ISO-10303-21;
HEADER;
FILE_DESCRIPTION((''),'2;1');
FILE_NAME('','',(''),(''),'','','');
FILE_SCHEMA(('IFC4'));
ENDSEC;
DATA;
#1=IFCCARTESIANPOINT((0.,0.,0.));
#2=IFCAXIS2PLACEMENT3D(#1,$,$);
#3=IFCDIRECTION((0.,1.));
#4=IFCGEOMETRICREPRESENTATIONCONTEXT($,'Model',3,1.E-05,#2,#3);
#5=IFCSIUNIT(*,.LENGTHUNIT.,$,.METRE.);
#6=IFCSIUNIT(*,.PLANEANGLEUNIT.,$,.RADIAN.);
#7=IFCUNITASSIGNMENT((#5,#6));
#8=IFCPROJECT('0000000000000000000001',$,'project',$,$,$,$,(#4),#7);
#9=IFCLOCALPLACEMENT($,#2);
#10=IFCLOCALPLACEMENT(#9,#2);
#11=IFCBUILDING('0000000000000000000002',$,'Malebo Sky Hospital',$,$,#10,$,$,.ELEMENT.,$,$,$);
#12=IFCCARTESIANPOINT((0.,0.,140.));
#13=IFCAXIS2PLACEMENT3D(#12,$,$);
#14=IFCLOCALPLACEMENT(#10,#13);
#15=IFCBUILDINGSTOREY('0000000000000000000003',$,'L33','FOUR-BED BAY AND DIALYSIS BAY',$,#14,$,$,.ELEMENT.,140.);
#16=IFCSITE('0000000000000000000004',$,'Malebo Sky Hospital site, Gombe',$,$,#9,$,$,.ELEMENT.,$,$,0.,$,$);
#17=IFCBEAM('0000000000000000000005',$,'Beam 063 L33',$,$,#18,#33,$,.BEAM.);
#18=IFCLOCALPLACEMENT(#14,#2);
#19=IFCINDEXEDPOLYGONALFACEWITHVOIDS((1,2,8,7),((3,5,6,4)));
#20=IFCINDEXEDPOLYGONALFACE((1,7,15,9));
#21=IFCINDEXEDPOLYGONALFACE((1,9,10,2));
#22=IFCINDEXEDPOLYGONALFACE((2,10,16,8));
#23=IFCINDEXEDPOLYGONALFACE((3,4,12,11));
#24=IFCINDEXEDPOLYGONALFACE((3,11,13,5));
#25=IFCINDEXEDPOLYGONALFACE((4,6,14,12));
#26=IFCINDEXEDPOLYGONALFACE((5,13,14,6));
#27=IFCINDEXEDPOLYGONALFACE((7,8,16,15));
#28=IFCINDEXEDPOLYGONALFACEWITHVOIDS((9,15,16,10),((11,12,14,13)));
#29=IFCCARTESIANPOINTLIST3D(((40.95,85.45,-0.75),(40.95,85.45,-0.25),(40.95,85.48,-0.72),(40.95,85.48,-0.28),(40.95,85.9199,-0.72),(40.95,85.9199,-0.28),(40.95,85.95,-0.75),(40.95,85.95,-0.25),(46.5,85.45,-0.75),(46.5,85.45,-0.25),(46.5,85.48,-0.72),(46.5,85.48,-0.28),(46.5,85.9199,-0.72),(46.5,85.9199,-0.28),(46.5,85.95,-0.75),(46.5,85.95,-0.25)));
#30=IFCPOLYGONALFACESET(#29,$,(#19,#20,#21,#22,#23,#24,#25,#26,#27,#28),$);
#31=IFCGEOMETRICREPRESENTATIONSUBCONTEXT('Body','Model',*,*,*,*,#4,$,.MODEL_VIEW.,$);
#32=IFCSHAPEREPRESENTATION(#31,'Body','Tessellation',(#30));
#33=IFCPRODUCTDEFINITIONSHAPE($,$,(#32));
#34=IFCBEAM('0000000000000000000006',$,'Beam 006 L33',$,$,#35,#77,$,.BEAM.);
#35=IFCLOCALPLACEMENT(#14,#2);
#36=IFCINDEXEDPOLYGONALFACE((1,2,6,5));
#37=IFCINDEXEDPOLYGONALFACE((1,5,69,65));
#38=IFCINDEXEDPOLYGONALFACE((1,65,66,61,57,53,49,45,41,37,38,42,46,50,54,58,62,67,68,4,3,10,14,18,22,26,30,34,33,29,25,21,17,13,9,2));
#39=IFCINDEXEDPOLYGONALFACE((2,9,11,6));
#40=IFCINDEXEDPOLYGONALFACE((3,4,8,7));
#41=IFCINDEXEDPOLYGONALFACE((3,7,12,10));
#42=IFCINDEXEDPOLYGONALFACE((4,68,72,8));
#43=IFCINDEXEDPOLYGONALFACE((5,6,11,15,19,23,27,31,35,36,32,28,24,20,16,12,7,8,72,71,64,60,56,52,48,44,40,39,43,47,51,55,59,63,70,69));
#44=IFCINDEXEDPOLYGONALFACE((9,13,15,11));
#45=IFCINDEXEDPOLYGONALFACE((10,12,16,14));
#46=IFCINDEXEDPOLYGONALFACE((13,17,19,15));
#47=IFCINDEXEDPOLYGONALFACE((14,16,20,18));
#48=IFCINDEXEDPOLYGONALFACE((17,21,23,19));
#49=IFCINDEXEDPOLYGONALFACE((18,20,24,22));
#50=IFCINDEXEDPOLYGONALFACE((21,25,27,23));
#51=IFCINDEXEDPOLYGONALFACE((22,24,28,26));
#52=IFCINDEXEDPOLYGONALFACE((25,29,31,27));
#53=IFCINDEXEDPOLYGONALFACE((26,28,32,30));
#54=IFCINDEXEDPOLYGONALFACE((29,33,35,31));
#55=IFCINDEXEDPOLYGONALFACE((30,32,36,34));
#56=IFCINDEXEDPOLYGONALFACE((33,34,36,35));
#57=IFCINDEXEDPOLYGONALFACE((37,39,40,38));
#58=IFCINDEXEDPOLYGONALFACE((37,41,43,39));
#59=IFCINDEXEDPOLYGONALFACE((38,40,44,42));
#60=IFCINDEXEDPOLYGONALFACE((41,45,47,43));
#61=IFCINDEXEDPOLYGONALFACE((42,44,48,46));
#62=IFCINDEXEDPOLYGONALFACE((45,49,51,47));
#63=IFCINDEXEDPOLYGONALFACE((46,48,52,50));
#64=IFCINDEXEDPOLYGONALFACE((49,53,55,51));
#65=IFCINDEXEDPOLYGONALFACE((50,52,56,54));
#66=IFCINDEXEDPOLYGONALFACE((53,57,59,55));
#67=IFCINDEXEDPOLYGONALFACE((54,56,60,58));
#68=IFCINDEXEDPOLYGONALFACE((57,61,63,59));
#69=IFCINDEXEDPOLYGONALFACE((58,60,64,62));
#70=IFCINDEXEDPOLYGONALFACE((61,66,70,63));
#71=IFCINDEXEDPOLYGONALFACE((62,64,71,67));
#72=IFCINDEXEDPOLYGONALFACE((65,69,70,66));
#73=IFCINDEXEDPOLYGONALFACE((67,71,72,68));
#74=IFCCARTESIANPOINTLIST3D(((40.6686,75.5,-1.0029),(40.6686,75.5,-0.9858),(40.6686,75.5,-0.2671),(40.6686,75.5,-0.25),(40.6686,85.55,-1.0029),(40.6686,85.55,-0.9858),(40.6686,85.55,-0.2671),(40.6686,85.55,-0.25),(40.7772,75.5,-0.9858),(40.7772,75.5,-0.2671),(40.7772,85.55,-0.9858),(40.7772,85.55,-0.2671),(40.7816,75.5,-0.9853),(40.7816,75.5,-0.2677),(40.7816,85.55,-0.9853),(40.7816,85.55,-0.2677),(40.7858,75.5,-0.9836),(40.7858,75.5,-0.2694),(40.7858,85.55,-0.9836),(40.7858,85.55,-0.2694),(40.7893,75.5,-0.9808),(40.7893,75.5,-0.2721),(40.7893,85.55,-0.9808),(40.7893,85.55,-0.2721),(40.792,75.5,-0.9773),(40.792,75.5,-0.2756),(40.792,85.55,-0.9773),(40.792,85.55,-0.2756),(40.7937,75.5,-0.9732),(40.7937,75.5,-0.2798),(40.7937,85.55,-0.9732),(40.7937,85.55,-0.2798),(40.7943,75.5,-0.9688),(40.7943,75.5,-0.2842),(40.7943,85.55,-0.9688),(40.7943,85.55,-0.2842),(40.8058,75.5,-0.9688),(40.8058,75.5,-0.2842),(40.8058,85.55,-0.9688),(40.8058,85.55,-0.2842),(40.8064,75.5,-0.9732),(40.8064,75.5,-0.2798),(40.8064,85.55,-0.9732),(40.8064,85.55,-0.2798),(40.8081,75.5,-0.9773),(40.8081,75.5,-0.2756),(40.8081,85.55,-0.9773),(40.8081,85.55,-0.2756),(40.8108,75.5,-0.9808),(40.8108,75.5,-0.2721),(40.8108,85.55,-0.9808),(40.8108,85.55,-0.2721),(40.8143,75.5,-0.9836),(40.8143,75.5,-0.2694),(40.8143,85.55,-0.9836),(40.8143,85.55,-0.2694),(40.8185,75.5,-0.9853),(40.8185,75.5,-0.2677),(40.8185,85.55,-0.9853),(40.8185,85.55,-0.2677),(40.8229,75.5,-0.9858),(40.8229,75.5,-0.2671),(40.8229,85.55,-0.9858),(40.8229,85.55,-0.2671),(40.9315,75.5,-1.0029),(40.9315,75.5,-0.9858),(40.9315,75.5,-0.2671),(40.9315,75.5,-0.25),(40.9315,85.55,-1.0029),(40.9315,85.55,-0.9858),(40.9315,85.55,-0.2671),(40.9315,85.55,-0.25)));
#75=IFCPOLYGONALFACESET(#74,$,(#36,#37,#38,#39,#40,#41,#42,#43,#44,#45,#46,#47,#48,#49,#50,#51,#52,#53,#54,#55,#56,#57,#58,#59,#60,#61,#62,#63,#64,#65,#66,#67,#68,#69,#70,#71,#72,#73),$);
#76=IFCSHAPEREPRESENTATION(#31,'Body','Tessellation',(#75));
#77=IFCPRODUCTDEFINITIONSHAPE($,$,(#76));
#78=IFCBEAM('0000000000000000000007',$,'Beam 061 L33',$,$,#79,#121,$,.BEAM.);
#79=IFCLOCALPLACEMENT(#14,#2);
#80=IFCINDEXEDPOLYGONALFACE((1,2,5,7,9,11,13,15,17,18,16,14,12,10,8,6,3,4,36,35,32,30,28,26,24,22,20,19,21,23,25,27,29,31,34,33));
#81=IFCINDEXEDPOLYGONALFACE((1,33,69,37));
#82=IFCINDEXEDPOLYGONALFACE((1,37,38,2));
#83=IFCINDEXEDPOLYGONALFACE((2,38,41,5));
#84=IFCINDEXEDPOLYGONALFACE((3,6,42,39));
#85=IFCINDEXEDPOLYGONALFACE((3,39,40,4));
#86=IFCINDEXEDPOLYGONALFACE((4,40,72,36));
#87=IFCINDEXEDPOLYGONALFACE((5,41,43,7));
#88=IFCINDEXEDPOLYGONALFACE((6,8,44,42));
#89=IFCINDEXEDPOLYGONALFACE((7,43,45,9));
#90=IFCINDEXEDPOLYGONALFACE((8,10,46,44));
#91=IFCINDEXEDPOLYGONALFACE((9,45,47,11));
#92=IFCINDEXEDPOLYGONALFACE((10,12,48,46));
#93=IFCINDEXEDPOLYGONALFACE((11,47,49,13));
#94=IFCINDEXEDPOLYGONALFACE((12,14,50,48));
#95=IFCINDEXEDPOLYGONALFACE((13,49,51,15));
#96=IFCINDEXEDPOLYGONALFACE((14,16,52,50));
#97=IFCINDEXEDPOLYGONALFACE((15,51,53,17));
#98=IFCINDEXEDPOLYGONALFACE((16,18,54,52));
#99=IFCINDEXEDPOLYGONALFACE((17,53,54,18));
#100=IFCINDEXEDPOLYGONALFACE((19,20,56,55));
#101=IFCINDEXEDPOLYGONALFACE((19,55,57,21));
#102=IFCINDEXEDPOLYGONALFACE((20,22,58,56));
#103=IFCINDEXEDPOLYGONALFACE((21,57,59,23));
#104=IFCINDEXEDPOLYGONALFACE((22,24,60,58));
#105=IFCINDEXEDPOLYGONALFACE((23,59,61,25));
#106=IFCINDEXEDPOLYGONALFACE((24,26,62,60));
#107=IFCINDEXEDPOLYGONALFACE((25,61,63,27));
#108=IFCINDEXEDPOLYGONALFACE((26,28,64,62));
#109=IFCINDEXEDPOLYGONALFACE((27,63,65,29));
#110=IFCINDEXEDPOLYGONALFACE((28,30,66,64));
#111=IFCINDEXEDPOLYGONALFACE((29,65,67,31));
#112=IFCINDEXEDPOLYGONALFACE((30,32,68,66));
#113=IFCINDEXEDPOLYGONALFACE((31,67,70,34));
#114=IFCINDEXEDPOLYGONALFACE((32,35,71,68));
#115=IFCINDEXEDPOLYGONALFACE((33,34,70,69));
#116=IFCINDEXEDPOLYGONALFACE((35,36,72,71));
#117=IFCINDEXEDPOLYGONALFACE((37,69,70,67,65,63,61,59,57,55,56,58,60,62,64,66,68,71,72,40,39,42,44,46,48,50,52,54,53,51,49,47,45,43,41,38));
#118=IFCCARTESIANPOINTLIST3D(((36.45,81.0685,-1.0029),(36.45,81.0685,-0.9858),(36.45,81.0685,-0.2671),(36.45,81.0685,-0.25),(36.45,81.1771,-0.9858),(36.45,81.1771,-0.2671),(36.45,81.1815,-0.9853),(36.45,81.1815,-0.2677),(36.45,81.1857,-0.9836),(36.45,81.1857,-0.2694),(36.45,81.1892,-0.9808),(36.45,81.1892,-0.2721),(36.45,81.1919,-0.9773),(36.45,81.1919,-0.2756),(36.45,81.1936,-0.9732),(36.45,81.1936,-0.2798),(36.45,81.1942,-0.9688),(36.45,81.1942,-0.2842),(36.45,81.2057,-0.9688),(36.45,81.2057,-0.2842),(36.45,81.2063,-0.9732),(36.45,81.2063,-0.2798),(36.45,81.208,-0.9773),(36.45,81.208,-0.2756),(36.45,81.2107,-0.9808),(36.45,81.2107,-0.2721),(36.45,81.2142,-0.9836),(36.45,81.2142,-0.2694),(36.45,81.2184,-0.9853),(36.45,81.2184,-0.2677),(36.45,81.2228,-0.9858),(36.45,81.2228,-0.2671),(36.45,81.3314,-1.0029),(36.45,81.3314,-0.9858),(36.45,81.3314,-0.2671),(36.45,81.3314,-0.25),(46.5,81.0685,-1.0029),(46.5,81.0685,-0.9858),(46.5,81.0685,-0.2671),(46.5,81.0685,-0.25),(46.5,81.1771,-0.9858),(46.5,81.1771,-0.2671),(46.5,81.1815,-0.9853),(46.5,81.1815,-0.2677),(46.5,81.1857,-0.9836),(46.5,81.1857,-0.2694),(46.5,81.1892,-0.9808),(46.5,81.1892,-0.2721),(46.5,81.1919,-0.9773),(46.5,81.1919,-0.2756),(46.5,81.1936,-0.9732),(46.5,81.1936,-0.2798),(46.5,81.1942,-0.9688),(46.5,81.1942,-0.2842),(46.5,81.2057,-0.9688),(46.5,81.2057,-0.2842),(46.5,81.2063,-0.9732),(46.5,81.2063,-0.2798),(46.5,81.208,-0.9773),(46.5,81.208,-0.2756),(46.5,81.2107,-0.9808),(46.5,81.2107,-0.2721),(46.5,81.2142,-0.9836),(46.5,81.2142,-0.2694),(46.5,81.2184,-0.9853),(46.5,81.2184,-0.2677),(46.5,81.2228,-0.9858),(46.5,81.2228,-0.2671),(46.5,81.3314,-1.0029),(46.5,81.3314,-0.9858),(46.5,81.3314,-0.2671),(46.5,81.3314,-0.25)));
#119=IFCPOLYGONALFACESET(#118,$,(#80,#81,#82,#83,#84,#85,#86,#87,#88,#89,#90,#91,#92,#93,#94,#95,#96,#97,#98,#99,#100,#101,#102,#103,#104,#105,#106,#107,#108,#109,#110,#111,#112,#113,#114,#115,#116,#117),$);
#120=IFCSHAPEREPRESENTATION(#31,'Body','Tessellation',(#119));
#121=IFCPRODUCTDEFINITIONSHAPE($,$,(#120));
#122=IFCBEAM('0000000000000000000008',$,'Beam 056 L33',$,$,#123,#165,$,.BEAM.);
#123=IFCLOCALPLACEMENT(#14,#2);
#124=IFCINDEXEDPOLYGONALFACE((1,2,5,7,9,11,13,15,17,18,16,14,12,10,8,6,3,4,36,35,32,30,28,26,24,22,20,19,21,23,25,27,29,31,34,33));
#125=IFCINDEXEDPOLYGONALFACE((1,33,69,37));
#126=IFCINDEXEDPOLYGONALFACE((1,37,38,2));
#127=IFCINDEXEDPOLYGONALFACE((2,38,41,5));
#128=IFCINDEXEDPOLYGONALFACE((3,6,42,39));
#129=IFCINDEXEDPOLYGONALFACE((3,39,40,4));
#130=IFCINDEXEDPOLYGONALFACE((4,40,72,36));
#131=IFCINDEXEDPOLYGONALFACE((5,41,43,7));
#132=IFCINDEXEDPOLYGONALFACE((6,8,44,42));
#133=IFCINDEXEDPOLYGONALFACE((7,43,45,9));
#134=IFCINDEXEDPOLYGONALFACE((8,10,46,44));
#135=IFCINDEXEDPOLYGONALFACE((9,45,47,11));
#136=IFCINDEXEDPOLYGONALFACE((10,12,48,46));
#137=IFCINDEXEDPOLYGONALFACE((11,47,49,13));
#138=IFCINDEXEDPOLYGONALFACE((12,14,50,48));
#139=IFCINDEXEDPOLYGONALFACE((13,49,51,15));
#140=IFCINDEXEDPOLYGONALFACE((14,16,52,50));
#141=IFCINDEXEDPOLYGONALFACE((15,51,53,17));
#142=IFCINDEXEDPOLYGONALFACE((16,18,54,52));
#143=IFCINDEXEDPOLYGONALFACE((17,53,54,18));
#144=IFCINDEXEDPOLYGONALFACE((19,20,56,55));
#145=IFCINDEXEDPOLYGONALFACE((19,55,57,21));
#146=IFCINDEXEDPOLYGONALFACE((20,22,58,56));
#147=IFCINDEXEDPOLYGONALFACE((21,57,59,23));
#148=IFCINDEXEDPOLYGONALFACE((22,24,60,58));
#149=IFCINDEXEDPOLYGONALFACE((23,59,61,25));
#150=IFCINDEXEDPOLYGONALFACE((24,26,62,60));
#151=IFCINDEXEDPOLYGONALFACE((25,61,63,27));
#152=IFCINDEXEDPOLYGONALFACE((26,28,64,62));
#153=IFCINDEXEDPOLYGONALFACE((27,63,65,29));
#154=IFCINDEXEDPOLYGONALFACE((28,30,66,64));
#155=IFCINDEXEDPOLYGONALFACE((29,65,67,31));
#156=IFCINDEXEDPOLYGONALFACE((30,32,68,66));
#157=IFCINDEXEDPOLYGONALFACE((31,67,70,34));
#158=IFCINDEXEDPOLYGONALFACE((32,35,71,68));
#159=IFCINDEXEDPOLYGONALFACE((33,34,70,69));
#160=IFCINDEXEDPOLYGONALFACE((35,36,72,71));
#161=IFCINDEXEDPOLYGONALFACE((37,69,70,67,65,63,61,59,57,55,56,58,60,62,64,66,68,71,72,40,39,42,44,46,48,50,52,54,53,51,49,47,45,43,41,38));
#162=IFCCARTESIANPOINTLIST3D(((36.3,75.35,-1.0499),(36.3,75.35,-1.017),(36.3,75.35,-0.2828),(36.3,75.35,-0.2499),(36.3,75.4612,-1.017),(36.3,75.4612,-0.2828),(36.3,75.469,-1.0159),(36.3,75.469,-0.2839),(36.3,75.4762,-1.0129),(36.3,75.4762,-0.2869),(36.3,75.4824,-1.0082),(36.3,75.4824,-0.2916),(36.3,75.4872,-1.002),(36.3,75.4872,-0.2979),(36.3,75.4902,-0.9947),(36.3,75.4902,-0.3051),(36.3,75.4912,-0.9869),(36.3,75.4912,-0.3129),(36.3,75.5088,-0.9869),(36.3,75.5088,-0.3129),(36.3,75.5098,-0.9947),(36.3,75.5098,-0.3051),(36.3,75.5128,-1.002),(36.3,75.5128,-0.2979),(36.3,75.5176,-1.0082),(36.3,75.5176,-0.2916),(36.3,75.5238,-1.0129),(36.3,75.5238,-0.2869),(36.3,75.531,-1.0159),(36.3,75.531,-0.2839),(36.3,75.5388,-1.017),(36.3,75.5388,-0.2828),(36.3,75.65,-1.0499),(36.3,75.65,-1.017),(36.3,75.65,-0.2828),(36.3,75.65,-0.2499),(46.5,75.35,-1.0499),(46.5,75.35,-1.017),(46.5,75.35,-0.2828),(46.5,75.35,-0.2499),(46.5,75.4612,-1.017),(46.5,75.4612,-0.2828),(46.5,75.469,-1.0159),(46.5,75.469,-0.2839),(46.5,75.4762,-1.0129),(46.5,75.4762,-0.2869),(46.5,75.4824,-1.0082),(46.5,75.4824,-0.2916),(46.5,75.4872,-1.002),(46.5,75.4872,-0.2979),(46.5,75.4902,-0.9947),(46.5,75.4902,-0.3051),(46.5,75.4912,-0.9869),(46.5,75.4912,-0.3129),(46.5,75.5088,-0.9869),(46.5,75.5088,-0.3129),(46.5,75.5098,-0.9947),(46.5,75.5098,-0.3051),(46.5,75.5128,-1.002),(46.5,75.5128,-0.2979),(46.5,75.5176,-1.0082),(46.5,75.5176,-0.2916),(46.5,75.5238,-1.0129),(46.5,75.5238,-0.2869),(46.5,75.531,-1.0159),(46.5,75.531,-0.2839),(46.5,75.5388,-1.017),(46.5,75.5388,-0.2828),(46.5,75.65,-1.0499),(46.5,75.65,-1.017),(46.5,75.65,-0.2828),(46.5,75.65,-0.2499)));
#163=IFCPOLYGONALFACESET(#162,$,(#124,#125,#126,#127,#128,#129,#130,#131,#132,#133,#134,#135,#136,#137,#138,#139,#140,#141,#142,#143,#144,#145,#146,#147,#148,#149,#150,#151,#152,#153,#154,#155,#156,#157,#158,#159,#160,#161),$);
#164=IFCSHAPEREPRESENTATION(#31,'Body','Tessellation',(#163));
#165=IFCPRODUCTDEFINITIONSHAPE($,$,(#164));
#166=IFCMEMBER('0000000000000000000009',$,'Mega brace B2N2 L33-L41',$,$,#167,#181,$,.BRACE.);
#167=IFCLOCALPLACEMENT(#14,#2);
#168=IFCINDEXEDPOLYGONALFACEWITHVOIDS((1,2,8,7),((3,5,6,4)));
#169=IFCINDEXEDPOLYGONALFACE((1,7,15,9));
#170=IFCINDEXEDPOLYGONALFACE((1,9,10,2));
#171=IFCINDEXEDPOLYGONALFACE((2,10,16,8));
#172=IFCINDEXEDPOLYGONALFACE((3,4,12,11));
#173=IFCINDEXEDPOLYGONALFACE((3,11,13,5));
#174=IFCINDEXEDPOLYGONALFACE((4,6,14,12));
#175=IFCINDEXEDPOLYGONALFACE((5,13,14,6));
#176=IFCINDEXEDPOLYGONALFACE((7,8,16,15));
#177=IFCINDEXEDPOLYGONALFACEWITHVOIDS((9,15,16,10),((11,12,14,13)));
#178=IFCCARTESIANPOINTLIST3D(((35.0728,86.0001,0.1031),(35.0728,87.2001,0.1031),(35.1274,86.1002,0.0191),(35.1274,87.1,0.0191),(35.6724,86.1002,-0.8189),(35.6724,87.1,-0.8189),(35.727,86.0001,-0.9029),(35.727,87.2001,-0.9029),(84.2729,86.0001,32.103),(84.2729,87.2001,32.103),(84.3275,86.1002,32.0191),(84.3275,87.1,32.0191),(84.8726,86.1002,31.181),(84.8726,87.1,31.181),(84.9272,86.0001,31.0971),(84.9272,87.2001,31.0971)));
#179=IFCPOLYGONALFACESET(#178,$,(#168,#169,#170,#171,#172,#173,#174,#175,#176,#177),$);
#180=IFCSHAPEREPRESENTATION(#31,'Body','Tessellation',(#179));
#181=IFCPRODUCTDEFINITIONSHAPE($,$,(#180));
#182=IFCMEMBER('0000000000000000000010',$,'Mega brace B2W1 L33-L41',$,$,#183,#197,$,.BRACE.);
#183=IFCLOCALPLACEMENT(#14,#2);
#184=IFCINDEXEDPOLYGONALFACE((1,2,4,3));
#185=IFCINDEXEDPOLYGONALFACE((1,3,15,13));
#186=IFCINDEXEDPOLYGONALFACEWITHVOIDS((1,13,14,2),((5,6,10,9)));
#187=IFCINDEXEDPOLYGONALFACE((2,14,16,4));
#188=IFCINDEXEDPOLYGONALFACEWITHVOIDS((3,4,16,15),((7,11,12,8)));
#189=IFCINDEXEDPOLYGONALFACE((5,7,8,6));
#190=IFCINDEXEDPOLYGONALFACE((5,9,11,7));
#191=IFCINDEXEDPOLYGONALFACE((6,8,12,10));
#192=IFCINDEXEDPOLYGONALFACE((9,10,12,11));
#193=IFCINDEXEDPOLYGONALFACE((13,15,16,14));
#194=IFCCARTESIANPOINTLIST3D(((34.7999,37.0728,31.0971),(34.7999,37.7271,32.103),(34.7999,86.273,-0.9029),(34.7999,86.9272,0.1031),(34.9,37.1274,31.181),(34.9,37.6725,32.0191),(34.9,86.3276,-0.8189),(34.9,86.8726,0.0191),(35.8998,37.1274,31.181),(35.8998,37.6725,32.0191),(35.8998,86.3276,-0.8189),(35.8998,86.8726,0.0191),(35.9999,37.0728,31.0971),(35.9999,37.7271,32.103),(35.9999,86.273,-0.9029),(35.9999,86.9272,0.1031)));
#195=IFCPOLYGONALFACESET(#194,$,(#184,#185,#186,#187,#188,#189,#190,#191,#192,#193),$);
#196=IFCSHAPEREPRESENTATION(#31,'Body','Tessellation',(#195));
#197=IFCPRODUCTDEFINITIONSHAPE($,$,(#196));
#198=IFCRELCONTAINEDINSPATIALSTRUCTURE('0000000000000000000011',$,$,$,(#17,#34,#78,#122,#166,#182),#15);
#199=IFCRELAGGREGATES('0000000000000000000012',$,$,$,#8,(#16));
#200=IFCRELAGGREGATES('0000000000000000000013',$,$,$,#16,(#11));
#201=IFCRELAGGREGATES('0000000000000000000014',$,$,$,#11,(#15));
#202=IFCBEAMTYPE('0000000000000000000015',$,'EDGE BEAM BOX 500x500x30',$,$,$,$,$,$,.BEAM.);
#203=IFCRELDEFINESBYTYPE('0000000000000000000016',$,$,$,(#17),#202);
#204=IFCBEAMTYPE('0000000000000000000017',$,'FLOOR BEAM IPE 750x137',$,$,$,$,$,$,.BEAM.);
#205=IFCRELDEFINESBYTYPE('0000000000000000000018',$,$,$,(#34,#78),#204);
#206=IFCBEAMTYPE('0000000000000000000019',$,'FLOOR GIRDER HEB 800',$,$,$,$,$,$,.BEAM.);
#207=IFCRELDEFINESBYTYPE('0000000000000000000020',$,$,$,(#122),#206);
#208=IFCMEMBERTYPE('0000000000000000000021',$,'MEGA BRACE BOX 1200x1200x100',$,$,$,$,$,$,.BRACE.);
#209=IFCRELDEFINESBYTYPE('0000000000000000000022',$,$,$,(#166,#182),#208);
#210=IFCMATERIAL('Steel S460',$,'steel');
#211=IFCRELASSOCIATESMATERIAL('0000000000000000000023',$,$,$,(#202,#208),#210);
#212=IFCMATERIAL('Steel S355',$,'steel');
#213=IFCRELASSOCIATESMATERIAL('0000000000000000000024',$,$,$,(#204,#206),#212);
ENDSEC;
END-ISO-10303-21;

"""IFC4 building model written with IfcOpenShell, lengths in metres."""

from ifc_helpers import new_model, si_unit, direction, frame, origin, origin_2d, place, context, subcontext, project, spatial, hollow_rectangle, i_section, extrude, material, material_profile, profile_set, type_object, element, save


model = new_model("IFC4")

# Units and contexts
model_context = context("Model", 3, precision=1e-05, world=origin(), true_north=direction((0.0, 1.0)))
body_context = subcontext(model_context, "Body", "Model", "MODEL_VIEW")
ifc_project = project(units=[si_unit("LENGTHUNIT", "METRE"), si_unit("PLANEANGLEUNIT", "RADIAN")], contexts=[model_context])

# Site, building, storey
site_placement = place(None, origin())
site = spatial("IfcSite", under=ifc_project, at=site_placement, Name="Malebo Sky Hospital site, Gombe", CompositionType="ELEMENT", RefElevation=0.0)
building_placement = place(site_placement, origin())
building = spatial("IfcBuilding", under=site, at=building_placement, Name="Malebo Sky Hospital", CompositionType="ELEMENT")
storey_placement = place(building_placement, frame((0.0, 0.0, 140.0)))
storey = spatial("IfcBuildingStorey", under=building, at=storey_placement, Name="L33", Description="FOUR-BED BAY AND DIALYSIS BAY", CompositionType="ELEMENT", Elevation=140.0)

# Shared definitions
ifc_material_1 = material(Name="Steel S460", Category="steel")

# Beams
ifc_material_profile_1 = material_profile(ifc_material_1, hollow_rectangle(XDim=0.5, YDim=0.5, WallThickness=0.03, at=origin_2d()), Name="BOX 500x500x30")
ifc_profile_set_1 = profile_set([ifc_material_profile_1], Name="Steel S460")
beam_type_1 = type_object("IfcBeamType", Name="EDGE BEAM BOX 500x500x30", PredefinedType="BEAM", material=ifc_profile_set_1)
for number, where, z_axis, x_axis, name in (
    (1, (40.95, 85.7, -0.5), (1.0, 0.0, 0.0), (0.0, 1.0, 0.0), "Beam 063 L33"),
):
    element("IfcBeam", number, at=place(storey_placement, frame(where, z_axis=z_axis, x_axis=x_axis)), inside=storey, type_object=beam_type_1, Name=name, PredefinedType="BEAM", context=body_context, shape_type="SweptSolid", body=[
        extrude(hollow_rectangle(XDim=0.5, YDim=0.5, WallThickness=0.03, at=origin_2d()), origin(), (0.0, 0.0, 1.0), 5.55),
    ])
ifc_material_2 = material(Name="Steel S355", Category="steel")
ifc_material_profile_2 = material_profile(ifc_material_2, i_section(OverallWidth=0.2629, OverallDepth=0.7529, WebThickness=0.0115, FlangeThickness=0.0171, FilletRadius=0.0171, at=origin_2d()), Name="IPE 750x137")
ifc_profile_set_2 = profile_set([ifc_material_profile_2], Name="Steel S355")
beam_type_2 = type_object("IfcBeamType", Name="FLOOR BEAM IPE 750x137", PredefinedType="BEAM", material=ifc_profile_set_2)
for number, where, z_axis, x_axis, name in (
    (2, (40.8, 75.5, -0.6265), (0.0, 1.0, 0.0), (-1.0, 0.0, 0.0), "Beam 006 L33"),
    (3, (36.45, 81.2, -0.6265), (1.0, 0.0, 0.0), (0.0, 1.0, 0.0), "Beam 061 L33"),
):
    element("IfcBeam", number, at=place(storey_placement, frame(where, z_axis=z_axis, x_axis=x_axis)), inside=storey, type_object=beam_type_2, Name=name, PredefinedType="BEAM", context=body_context, shape_type="SweptSolid", body=[
        extrude(i_section(OverallWidth=0.2629, OverallDepth=0.7529, WebThickness=0.0115, FlangeThickness=0.0171, FilletRadius=0.0171, at=origin_2d()), origin(), (0.0, 0.0, 1.0), 10.05),
    ])
ifc_material_profile_3 = material_profile(ifc_material_2, i_section(OverallWidth=0.3, OverallDepth=0.8, WebThickness=0.0176, FlangeThickness=0.033, FilletRadius=0.03, at=origin_2d()), Name="HEB 800")
ifc_profile_set_3 = profile_set([ifc_material_profile_3], Name="Steel S355")
beam_type_3 = type_object("IfcBeamType", Name="FLOOR GIRDER HEB 800", PredefinedType="BEAM", material=ifc_profile_set_3)
beam_placement = place(storey_placement, frame((36.3, 75.5, -0.6499), z_axis=(1.0, 0.0, 0.0), x_axis=(0.0, 1.0, 0.0)))
element("IfcBeam", 4, at=beam_placement, inside=storey, type_object=beam_type_3, Name="Beam 056 L33", PredefinedType="BEAM", context=body_context, shape_type="SweptSolid", body=[
    extrude(i_section(OverallWidth=0.3, OverallDepth=0.8, WebThickness=0.0176, FlangeThickness=0.033, FilletRadius=0.03, at=origin_2d()), origin(), (0.0, 0.0, 1.0), 10.2),
])

# Members
ifc_material_profile_4 = material_profile(ifc_material_1, hollow_rectangle(XDim=1.2, YDim=1.2, WallThickness=0.1001, at=origin_2d()), Name="BOX 1200x1200x100")
ifc_profile_set_4 = profile_set([ifc_material_profile_4], Name="Steel S460")
member_type_1 = type_object("IfcMemberType", Name="MEGA BRACE BOX 1200x1200x100", PredefinedType="BRACE", material=ifc_profile_set_4)
for number, where, z_axis, x_axis, name in (
    (5, (35.3999, 86.6001, -0.3999), (0.838289, 0.0, 0.545226), (0.0, 1.0, 0.0), "Mega brace B2N2 L33-L41"),
    (6, (35.3999, 86.6001, -0.3999), (0.0, -0.838289, 0.545226), (1.0, 0.0, 0.0), "Mega brace B2W1 L33-L41"),
):
    element("IfcMember", number, at=place(storey_placement, frame(where, z_axis=z_axis, x_axis=x_axis)), inside=storey, type_object=member_type_1, Name=name, PredefinedType="BRACE", context=body_context, shape_type="SweptSolid", body=[
        extrude(hollow_rectangle(XDim=1.2, YDim=1.2, WallThickness=0.1001, at=origin_2d()), origin(), (0.0, 0.0, 1.0), 58.6912),
    ])

save(model, "model.ifc")
